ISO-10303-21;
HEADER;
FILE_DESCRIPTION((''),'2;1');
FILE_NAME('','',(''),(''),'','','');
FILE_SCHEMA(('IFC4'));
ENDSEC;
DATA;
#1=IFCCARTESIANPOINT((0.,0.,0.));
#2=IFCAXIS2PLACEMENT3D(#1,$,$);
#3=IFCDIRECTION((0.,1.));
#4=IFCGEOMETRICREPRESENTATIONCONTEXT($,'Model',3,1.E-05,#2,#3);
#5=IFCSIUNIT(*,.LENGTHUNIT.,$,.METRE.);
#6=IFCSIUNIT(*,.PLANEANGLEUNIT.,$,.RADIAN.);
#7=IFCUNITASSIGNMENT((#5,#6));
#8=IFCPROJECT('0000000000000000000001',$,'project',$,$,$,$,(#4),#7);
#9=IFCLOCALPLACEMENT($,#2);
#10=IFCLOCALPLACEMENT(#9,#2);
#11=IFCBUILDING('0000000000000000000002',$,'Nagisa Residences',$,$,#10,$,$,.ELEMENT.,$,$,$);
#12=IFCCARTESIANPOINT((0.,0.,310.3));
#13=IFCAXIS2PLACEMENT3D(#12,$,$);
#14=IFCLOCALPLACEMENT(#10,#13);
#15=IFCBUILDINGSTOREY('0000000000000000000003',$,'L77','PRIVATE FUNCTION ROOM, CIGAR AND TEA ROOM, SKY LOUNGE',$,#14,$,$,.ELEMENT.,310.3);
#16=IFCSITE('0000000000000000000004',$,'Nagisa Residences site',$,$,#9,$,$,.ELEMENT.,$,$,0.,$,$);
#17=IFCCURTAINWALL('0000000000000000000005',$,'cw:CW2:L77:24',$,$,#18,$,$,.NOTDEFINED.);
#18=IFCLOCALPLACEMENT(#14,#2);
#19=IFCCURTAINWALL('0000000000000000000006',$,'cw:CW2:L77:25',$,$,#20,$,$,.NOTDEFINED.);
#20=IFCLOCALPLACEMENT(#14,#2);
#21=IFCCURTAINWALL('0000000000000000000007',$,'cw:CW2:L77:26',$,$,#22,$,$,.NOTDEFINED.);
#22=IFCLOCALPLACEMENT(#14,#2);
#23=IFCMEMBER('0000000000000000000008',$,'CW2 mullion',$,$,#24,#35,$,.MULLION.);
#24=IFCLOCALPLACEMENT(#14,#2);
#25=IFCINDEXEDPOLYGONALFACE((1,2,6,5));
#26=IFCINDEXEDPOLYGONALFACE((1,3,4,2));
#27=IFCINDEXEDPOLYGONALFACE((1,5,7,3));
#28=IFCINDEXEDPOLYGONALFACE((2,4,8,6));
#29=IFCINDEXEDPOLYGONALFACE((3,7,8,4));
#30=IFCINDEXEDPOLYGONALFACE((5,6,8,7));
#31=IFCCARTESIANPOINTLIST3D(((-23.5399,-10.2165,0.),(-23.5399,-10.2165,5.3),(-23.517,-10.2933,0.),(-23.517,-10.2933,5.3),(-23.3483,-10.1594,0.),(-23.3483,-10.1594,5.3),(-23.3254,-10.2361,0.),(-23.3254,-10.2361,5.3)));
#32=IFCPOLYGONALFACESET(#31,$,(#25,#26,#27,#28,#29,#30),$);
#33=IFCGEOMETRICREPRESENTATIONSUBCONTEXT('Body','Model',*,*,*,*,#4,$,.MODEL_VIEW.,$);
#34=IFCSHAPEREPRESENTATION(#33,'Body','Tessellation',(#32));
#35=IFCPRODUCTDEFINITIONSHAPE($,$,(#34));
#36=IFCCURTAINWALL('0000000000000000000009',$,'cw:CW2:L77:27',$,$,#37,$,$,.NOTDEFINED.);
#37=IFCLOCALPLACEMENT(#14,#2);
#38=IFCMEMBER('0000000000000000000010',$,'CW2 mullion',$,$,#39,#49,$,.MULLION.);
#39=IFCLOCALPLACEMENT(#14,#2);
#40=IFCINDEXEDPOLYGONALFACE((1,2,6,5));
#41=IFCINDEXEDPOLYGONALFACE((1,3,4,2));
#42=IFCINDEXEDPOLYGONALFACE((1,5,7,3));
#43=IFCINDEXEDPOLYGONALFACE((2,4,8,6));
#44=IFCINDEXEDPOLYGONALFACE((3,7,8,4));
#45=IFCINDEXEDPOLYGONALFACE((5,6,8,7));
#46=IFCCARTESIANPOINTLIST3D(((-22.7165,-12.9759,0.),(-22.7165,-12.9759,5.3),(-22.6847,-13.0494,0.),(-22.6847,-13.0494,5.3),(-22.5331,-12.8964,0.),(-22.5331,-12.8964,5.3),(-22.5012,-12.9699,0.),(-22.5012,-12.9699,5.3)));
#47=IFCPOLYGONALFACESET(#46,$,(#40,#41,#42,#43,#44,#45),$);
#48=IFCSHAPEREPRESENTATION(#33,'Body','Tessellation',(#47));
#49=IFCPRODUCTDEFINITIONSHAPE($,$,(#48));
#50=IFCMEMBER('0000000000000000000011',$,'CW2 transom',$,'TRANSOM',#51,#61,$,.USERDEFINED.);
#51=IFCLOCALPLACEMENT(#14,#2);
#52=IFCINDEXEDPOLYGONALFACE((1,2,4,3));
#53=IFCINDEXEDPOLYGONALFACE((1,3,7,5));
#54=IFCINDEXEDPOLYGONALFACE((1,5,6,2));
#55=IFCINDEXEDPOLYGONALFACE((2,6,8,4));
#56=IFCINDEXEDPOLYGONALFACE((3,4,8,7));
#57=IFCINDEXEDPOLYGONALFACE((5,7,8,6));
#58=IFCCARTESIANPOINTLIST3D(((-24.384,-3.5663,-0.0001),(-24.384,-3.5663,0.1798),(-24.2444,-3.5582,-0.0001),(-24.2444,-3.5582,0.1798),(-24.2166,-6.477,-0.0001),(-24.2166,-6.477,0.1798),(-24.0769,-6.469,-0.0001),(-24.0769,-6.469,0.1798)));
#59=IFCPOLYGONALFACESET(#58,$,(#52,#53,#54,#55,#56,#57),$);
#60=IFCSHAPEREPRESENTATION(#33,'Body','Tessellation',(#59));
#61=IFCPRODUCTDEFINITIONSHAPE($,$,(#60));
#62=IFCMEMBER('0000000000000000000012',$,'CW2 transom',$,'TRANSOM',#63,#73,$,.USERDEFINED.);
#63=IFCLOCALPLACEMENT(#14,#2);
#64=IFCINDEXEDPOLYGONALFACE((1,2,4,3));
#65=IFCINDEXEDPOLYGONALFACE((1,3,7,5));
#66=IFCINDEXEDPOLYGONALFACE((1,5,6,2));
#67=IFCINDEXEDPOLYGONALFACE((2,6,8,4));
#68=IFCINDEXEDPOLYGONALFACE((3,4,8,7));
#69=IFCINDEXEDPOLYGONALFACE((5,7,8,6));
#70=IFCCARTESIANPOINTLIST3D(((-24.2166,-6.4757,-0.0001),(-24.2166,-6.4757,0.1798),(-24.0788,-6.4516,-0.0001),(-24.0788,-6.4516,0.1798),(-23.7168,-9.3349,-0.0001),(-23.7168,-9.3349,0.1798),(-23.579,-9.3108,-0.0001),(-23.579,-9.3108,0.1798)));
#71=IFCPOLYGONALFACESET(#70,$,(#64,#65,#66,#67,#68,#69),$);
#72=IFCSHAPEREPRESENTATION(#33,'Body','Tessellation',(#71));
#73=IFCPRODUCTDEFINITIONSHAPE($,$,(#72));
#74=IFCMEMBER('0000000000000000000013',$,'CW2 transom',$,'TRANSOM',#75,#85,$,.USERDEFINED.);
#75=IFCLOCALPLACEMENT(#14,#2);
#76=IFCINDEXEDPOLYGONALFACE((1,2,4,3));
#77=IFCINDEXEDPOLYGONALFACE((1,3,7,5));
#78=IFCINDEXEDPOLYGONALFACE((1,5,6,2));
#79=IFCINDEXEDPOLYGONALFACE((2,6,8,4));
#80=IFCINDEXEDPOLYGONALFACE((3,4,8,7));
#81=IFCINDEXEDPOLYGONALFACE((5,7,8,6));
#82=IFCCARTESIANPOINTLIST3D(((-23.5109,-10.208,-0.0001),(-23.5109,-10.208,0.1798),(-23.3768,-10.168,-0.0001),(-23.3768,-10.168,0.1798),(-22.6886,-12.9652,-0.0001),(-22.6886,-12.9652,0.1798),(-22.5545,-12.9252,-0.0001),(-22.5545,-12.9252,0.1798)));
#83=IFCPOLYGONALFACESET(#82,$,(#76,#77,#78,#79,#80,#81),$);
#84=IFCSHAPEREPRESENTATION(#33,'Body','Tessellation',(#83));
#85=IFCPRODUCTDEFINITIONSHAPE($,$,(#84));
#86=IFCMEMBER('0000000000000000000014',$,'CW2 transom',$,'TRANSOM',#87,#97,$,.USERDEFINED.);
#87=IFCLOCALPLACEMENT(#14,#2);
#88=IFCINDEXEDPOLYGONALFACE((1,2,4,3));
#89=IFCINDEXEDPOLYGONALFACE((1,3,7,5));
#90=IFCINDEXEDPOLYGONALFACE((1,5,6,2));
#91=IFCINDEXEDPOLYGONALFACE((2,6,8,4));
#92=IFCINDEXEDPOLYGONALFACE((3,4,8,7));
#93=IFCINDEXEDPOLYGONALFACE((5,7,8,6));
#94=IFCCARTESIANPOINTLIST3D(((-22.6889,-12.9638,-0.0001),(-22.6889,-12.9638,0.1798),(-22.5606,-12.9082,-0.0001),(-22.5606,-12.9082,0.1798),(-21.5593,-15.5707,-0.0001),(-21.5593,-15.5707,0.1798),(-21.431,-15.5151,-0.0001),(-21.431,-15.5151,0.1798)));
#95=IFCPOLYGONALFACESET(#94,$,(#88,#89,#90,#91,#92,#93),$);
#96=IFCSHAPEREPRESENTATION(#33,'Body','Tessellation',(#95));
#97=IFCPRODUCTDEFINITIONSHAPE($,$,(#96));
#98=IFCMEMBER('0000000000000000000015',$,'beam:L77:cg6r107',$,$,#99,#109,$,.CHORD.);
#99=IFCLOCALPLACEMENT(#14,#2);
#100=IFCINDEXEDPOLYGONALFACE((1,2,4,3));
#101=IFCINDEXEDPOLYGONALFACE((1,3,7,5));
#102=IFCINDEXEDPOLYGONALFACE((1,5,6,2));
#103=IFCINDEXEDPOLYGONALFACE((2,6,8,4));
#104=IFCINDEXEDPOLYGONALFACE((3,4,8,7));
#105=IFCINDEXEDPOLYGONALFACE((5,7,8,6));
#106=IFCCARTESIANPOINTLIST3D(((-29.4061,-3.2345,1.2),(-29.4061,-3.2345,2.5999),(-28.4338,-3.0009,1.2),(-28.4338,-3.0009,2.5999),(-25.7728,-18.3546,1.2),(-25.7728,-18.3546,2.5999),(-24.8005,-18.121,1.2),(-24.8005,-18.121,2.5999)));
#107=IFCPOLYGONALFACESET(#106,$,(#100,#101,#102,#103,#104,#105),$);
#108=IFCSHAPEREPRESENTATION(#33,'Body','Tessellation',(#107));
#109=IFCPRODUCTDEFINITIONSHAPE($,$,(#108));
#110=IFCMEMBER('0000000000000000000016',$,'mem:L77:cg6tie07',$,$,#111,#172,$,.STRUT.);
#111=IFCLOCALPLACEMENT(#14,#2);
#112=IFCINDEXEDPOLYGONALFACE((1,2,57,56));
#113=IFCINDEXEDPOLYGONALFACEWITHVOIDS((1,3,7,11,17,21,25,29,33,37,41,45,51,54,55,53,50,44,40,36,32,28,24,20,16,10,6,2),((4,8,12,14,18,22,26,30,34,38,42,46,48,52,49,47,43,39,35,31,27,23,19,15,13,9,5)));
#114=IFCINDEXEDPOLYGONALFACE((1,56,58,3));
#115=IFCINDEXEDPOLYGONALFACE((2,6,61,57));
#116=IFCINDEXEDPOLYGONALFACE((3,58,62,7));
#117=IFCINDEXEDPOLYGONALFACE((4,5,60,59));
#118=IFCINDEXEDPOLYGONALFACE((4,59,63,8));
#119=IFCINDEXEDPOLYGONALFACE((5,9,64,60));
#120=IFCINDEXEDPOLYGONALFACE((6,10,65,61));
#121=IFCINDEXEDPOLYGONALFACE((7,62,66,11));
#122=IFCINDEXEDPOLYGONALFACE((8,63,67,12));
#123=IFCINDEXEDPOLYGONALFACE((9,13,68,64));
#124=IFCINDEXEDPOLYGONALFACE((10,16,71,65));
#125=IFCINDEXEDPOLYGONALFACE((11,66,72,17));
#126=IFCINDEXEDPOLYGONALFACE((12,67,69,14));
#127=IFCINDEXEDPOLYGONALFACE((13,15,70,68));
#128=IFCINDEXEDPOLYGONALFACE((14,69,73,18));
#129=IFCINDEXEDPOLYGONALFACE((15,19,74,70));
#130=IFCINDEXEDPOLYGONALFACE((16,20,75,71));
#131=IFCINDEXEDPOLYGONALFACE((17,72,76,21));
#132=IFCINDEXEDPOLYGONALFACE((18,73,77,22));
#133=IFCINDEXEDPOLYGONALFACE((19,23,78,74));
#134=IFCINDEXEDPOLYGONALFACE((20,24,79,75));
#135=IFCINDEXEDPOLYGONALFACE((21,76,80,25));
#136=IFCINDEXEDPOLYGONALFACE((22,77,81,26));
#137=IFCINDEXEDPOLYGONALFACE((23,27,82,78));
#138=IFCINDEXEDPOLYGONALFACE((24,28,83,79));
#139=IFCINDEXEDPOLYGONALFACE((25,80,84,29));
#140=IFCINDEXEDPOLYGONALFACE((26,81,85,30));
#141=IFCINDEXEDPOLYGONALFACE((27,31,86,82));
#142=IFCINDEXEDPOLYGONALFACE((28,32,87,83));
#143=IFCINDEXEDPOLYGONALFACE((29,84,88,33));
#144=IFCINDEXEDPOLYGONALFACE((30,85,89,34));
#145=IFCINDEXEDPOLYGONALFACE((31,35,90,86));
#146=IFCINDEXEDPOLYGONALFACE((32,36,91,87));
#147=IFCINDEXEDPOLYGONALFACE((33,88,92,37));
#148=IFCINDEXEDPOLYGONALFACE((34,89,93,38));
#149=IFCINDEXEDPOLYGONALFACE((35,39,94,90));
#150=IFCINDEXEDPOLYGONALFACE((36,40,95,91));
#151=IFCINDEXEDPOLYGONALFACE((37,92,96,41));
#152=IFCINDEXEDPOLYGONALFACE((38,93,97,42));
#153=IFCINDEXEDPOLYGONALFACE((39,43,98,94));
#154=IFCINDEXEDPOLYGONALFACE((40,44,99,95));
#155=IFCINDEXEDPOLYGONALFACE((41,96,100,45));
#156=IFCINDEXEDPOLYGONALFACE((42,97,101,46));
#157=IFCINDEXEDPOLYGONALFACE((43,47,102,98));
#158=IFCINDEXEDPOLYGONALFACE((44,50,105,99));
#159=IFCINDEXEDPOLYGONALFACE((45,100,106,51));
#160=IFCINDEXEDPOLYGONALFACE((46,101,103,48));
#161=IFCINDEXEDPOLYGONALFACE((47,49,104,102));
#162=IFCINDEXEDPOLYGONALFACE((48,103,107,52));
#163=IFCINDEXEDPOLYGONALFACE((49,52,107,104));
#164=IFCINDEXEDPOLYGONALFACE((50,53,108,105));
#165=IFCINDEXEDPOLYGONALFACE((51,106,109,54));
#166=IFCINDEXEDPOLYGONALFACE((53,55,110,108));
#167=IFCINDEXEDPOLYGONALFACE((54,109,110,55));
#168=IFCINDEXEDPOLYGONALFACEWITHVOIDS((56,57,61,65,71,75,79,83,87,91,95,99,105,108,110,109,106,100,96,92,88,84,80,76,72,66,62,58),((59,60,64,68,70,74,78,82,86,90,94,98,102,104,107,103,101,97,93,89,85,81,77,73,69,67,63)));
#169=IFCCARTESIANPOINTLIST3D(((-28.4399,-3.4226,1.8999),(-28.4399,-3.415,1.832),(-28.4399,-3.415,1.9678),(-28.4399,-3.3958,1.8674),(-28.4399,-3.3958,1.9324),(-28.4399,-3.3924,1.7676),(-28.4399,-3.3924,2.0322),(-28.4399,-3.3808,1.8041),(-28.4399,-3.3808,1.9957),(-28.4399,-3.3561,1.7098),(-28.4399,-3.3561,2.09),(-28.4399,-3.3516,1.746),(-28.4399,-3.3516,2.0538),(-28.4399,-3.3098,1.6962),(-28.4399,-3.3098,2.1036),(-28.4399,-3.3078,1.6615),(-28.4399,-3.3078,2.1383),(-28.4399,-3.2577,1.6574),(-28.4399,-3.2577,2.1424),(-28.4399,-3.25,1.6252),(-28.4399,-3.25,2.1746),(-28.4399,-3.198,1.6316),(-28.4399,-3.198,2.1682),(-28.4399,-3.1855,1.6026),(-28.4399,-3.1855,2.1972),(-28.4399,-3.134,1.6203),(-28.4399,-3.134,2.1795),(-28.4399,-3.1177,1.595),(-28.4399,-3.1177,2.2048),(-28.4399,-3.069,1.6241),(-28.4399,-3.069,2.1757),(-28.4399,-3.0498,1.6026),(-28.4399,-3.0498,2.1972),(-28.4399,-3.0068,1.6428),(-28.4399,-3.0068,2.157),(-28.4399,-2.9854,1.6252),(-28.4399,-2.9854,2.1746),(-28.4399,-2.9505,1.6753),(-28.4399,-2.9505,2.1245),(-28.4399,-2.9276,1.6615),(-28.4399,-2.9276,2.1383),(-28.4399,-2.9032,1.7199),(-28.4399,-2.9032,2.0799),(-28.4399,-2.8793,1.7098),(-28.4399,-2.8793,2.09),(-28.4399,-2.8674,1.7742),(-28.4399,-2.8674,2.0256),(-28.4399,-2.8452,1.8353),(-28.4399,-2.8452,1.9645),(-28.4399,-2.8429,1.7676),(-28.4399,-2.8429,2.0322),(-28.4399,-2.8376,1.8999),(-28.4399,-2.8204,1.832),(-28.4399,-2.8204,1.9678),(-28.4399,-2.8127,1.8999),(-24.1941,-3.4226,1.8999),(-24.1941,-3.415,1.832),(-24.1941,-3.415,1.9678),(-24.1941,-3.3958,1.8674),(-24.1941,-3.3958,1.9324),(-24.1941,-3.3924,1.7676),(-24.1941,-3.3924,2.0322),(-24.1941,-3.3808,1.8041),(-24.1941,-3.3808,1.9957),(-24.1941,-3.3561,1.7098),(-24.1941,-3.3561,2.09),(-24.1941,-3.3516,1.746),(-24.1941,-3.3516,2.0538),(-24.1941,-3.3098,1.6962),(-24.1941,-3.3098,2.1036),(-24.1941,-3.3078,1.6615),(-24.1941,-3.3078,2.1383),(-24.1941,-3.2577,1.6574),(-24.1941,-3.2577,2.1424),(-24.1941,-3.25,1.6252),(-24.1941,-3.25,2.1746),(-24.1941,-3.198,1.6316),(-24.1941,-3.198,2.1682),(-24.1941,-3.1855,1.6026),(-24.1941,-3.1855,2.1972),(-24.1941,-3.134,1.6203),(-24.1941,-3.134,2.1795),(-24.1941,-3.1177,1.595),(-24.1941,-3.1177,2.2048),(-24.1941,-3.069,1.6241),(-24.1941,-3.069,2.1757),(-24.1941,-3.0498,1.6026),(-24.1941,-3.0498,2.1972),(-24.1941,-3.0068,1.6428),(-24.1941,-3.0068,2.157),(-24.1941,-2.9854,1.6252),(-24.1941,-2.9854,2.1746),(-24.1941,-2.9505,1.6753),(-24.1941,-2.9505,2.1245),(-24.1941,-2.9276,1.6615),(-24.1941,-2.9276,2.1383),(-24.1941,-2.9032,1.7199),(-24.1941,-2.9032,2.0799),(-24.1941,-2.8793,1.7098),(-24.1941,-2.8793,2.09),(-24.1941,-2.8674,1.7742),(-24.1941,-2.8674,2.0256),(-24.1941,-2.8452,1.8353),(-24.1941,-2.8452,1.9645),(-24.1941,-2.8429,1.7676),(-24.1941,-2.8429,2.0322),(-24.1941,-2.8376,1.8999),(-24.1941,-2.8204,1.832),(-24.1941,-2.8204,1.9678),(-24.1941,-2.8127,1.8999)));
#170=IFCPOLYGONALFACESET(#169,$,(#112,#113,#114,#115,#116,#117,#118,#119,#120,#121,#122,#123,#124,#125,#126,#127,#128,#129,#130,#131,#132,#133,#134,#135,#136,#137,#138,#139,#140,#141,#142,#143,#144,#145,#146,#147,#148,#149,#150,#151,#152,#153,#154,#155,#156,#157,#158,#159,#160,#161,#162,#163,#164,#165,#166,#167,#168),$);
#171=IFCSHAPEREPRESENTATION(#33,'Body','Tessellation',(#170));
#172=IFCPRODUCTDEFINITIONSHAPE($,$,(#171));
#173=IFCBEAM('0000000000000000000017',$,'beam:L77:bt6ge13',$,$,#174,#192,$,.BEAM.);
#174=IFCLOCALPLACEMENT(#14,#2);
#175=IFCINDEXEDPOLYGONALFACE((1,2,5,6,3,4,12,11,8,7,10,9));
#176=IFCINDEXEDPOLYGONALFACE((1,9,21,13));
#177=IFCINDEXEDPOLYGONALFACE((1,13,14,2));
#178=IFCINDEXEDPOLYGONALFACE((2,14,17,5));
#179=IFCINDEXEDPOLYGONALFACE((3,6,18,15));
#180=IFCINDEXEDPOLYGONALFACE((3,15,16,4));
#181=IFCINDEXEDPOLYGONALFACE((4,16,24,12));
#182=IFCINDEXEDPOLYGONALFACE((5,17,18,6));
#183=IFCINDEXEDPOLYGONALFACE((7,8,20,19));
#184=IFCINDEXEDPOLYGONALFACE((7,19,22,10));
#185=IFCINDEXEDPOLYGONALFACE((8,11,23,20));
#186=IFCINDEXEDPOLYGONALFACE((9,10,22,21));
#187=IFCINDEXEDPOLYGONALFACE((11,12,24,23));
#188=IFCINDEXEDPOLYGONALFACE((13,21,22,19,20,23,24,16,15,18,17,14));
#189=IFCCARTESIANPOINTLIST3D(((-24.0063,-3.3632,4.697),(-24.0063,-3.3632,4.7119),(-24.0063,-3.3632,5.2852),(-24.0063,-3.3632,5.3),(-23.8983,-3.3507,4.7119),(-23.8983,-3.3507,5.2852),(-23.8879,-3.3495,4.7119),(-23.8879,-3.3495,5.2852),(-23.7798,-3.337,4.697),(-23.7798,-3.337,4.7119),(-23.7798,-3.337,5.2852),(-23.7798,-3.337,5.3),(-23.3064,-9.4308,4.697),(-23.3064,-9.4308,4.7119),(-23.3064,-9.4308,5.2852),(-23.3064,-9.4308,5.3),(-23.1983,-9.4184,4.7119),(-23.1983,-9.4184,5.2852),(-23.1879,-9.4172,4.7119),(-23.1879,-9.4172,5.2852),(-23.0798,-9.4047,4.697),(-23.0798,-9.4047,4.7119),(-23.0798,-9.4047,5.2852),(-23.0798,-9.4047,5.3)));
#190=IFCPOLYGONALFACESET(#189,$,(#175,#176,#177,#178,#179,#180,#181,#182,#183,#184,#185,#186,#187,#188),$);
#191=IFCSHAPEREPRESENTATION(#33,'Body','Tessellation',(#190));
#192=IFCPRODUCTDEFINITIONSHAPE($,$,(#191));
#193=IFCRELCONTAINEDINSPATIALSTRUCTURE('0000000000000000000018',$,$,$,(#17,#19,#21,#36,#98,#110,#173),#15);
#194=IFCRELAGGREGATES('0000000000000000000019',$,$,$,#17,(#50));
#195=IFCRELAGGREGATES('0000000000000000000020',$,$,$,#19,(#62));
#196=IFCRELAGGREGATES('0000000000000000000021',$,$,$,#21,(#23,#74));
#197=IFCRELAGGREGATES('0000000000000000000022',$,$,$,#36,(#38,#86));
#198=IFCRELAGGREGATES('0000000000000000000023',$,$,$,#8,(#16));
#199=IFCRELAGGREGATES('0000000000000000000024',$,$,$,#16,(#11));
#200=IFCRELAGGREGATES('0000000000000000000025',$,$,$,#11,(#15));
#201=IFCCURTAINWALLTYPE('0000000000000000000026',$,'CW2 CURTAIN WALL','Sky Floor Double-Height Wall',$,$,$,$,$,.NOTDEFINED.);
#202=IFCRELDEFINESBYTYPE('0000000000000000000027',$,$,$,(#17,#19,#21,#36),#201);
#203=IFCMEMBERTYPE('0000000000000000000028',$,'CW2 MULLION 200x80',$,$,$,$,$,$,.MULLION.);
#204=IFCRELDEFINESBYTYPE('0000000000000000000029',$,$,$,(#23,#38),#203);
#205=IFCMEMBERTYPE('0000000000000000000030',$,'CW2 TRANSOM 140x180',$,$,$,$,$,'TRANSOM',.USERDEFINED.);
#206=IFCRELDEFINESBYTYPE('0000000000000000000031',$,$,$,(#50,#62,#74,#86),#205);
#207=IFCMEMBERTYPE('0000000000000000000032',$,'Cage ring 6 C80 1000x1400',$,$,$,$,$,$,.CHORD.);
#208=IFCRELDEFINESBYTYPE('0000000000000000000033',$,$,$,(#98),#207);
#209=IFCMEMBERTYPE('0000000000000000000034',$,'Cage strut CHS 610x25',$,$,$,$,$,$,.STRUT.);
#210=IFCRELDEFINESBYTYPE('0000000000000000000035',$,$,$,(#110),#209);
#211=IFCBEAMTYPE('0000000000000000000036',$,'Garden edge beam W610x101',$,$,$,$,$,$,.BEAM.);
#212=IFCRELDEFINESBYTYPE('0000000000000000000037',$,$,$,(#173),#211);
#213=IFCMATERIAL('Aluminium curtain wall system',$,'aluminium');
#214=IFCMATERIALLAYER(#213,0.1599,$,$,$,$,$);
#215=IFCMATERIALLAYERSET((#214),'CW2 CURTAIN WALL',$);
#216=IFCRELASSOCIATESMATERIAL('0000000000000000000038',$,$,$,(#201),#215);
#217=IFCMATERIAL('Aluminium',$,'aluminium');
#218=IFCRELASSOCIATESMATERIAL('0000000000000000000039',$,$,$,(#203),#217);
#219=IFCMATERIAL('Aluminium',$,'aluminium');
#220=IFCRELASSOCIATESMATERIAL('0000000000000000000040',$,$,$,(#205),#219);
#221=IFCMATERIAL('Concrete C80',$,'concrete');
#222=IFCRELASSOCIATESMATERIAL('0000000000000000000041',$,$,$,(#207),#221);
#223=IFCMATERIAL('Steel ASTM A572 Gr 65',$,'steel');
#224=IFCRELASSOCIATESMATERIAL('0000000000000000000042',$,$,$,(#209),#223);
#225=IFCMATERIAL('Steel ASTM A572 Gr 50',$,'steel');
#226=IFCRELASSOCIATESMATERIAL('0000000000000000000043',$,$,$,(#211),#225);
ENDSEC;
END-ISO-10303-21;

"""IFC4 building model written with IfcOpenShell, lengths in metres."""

from ifc_helpers import new_model, si_unit, direction, frame, origin, origin_2d, place, context, subcontext, project, spatial, rectangle, hollow_circle, i_section, extrude, material, layer, layer_set, material_profile, profile_set, type_object, element, aggregate, save


model = new_model("IFC4")

# Units and contexts
model_context = context("Model", 3, precision=1e-05, world=origin(), true_north=direction((0.0, 1.0)))
body_context = subcontext(model_context, "Body", "Model", "MODEL_VIEW")
ifc_project = project(units=[si_unit("LENGTHUNIT", "METRE"), si_unit("PLANEANGLEUNIT", "RADIAN")], contexts=[model_context])

# Site, building, storey
site_placement = place(None, origin())
site = spatial("IfcSite", under=ifc_project, at=site_placement, Name="Nagisa Residences site", CompositionType="ELEMENT", RefElevation=0.0)
building_placement = place(site_placement, origin())
building = spatial("IfcBuilding", under=site, at=building_placement, Name="Nagisa Residences", CompositionType="ELEMENT")
storey_placement = place(building_placement, frame((0.0, 0.0, 310.3)))
storey = spatial("IfcBuildingStorey", under=building, at=storey_placement, Name="L77", Description="PRIVATE FUNCTION ROOM, CIGAR AND TEA ROOM, SKY LOUNGE", CompositionType="ELEMENT", Elevation=310.3)

# Curtain walls, members
ifc_material_1 = material(Name="Aluminium curtain wall system", Category="aluminium")
ifc_layer_1 = layer(ifc_material_1, 0.1599)
ifc_layer_set_1 = layer_set([ifc_layer_1], Name="CW2 CURTAIN WALL")
curtain_wall_type = type_object("IfcCurtainWallType", Name="CW2 CURTAIN WALL", Description="Sky Floor Double-Height Wall", PredefinedType="NOTDEFINED", material=ifc_layer_set_1)
curtain_wall_1_placement = place(storey_placement, origin())
curtain_wall_1 = element("IfcCurtainWall", 1, at=curtain_wall_1_placement, inside=storey, type_object=curtain_wall_type, Name="cw:CW2:L77:24", PredefinedType="NOTDEFINED")
ifc_material_2 = material(Name="Aluminium", Category="aluminium")
ifc_material_profile_1 = material_profile(ifc_material_2, rectangle(XDim=0.2, YDim=0.0801, at=origin_2d()), Name="CW2 MULLION 200x80")
ifc_profile_set_1 = profile_set([ifc_material_profile_1], Name="Aluminium")
member_type_1 = type_object("IfcMemberType", Name="CW2 MULLION 200x80", PredefinedType="MULLION", material=ifc_profile_set_1)
curtain_wall_2_placement = place(storey_placement, origin())
curtain_wall_2 = element("IfcCurtainWall", 2, at=curtain_wall_2_placement, inside=storey, type_object=curtain_wall_type, Name="cw:CW2:L77:25", PredefinedType="NOTDEFINED")
curtain_wall_3_placement = place(storey_placement, origin())
curtain_wall_3 = element("IfcCurtainWall", 3, at=curtain_wall_3_placement, inside=storey, type_object=curtain_wall_type, Name="cw:CW2:L77:26", PredefinedType="NOTDEFINED")
member_1_placement = place(storey_placement, frame((-23.4326, -10.2263, 0.0), z_axis=(0.0, 0.0, 1.0), x_axis=(0.958271, 0.28586, 0.0)))
member_1 = element("IfcMember", 4, at=member_1_placement, type_object=member_type_1, Name="CW2 mullion", PredefinedType="MULLION", context=body_context, shape_type="SweptSolid", body=[
    extrude(rectangle(XDim=0.2, YDim=0.0801, at=origin_2d()), origin(), (0.0, 0.0, 1.0), 5.3),
])
curtain_wall_4_placement = place(storey_placement, origin())
curtain_wall_4 = element("IfcCurtainWall", 5, at=curtain_wall_4_placement, inside=storey, type_object=curtain_wall_type, Name="cw:CW2:L77:27", PredefinedType="NOTDEFINED")
member_2_placement = place(storey_placement, frame((-22.6089, -12.9729, 0.0), z_axis=(0.0, 0.0, 1.0), x_axis=(0.917543, 0.397636, 0.0)))
member_2 = element("IfcMember", 6, at=member_2_placement, type_object=member_type_1, Name="CW2 mullion", PredefinedType="MULLION", context=body_context, shape_type="SweptSolid", body=[
    extrude(rectangle(XDim=0.2, YDim=0.0801, at=origin_2d()), origin(), (0.0, 0.0, 1.0), 5.3),
])

# Members
ifc_material_3 = material(Name="Aluminium", Category="aluminium")
ifc_material_profile_2 = material_profile(ifc_material_3, rectangle(XDim=0.1399, YDim=0.1799, at=origin_2d()), Name="CW2 TRANSOM 140x180")
ifc_profile_set_2 = profile_set([ifc_material_profile_2], Name="Aluminium")
member_type_2 = type_object("IfcMemberType", Name="CW2 TRANSOM 140x180", ElementType="TRANSOM", PredefinedType="USERDEFINED", material=ifc_profile_set_2)
member_3_placement = place(storey_placement, frame((-24.3142, -3.5623, 0.0898), z_axis=(0.057446, -0.998349, 0.0), x_axis=(0.998349, 0.057446, 0.0)))
member_3 = element("IfcMember", 7, at=member_3_placement, type_object=member_type_2, Name="CW2 transom", ObjectType="TRANSOM", PredefinedType="USERDEFINED", context=body_context, shape_type="SweptSolid", body=[
    extrude(rectangle(XDim=0.1399, YDim=0.1799, at=origin_2d()), origin(), (0.0, 0.0, 1.0), 2.9155),
])
member_4_placement = place(storey_placement, frame((-24.1477, -6.4636, 0.0898), z_axis=(0.172182, -0.985065, 0.0), x_axis=(0.985065, 0.172182, 0.0)))
member_4 = element("IfcMember", 8, at=member_4_placement, type_object=member_type_2, Name="CW2 transom", ObjectType="TRANSOM", PredefinedType="USERDEFINED", context=body_context, shape_type="SweptSolid", body=[
    extrude(rectangle(XDim=0.1399, YDim=0.1799, at=origin_2d()), origin(), (0.0, 0.0, 1.0), 2.9026),
])
member_5_placement = place(storey_placement, frame((-23.4438, -10.188, 0.0898), z_axis=(0.285798, -0.95829, 0.0), x_axis=(0.95829, 0.285798, 0.0)))
member_5 = element("IfcMember", 9, at=member_5_placement, type_object=member_type_2, Name="CW2 transom", ObjectType="TRANSOM", PredefinedType="USERDEFINED", context=body_context, shape_type="SweptSolid", body=[
    extrude(rectangle(XDim=0.1399, YDim=0.1799, at=origin_2d()), origin(), (0.0, 0.0, 1.0), 2.8772),
])
member_6_placement = place(storey_placement, frame((-22.6248, -12.936, 0.0898), z_axis=(0.397598, -0.91756, 0.0), x_axis=(0.91756, 0.397598, 0.0)))
member_6 = element("IfcMember", 10, at=member_6_placement, type_object=member_type_2, Name="CW2 transom", ObjectType="TRANSOM", PredefinedType="USERDEFINED", context=body_context, shape_type="SweptSolid", body=[
    extrude(rectangle(XDim=0.1399, YDim=0.1799, at=origin_2d()), origin(), (0.0, 0.0, 1.0), 2.8411),
])

# Members
ifc_material_4 = material(Name="Concrete C80", Category="concrete")
ifc_material_profile_3 = material_profile(ifc_material_4, rectangle(XDim=1.0, YDim=1.3999, at=origin_2d()), Name="C80 1000x1400")
ifc_profile_set_3 = profile_set([ifc_material_profile_3], Name="Concrete C80")
member_type_3 = type_object("IfcMemberType", Name="Cage ring 6 C80 1000x1400", PredefinedType="CHORD", material=ifc_profile_set_3)
member_7_placement = place(storey_placement, frame((-28.9199, -3.1177, 1.8999), z_axis=(0.233645, -0.972322, 0.0), x_axis=(0.972322, 0.233645, 0.0)))
element("IfcMember", 11, at=member_7_placement, inside=storey, type_object=member_type_3, Name="beam:L77:cg6r107", PredefinedType="CHORD", context=body_context, shape_type="SweptSolid", body=[
    extrude(rectangle(XDim=1.0, YDim=1.3999, at=origin_2d()), origin(), (0.0, 0.0, 1.0), 15.5505),
])
ifc_material_5 = material(Name="Steel ASTM A572 Gr 65", Category="steel")
ifc_material_profile_4 = material_profile(ifc_material_5, hollow_circle(Radius=0.3049, WallThickness=0.0249, at=origin_2d()), Name="CHS 610x25")
ifc_profile_set_4 = profile_set([ifc_material_profile_4], Name="Steel ASTM A572 Gr 65")
member_type_4 = type_object("IfcMemberType", Name="Cage strut CHS 610x25", PredefinedType="STRUT", material=ifc_profile_set_4)
member_8_placement = place(storey_placement, frame((-28.4399, -3.1177, 1.8999), z_axis=(1.0, 0.0, 0.0), x_axis=(0.0, 1.0, 0.0)))
element("IfcMember", 12, at=member_8_placement, inside=storey, type_object=member_type_4, Name="mem:L77:cg6tie07", PredefinedType="STRUT", context=body_context, shape_type="SweptSolid", body=[
    extrude(hollow_circle(Radius=0.3049, WallThickness=0.0249, at=origin_2d()), origin(), (0.0, 0.0, 1.0), 4.2458),
])

# Beam
ifc_material_6 = material(Name="Steel ASTM A572 Gr 50", Category="steel")
ifc_material_profile_5 = material_profile(ifc_material_6, i_section(OverallWidth=0.228, OverallDepth=0.603, WebThickness=0.0105, FlangeThickness=0.0149, at=origin_2d()), Name="W610x101")
ifc_profile_set_5 = profile_set([ifc_material_profile_5], Name="Steel ASTM A572 Gr 50")
beam_type_1 = type_object("IfcBeamType", Name="Garden edge beam W610x101", PredefinedType="BEAM", material=ifc_profile_set_5)
beam_1_placement = place(storey_placement, frame((-23.8931, -3.3501, 4.9985), z_axis=(0.114598, -0.993412, 0.0), x_axis=(0.993412, 0.114598, 0.0)))
element("IfcBeam", 13, at=beam_1_placement, inside=storey, type_object=beam_type_1, Name="beam:L77:bt6ge13", PredefinedType="BEAM", context=body_context, shape_type="SweptSolid", body=[
    extrude(i_section(OverallWidth=0.228, OverallDepth=0.603, WebThickness=0.0105, FlangeThickness=0.0149, at=origin_2d()), origin(), (0.0, 0.0, 1.0), 6.1079),
])

aggregate(curtain_wall_1, [member_3])
aggregate(curtain_wall_2, [member_4])
aggregate(curtain_wall_3, [member_1, member_5])
aggregate(curtain_wall_4, [member_2, member_6])

save(model, "model.ifc")
